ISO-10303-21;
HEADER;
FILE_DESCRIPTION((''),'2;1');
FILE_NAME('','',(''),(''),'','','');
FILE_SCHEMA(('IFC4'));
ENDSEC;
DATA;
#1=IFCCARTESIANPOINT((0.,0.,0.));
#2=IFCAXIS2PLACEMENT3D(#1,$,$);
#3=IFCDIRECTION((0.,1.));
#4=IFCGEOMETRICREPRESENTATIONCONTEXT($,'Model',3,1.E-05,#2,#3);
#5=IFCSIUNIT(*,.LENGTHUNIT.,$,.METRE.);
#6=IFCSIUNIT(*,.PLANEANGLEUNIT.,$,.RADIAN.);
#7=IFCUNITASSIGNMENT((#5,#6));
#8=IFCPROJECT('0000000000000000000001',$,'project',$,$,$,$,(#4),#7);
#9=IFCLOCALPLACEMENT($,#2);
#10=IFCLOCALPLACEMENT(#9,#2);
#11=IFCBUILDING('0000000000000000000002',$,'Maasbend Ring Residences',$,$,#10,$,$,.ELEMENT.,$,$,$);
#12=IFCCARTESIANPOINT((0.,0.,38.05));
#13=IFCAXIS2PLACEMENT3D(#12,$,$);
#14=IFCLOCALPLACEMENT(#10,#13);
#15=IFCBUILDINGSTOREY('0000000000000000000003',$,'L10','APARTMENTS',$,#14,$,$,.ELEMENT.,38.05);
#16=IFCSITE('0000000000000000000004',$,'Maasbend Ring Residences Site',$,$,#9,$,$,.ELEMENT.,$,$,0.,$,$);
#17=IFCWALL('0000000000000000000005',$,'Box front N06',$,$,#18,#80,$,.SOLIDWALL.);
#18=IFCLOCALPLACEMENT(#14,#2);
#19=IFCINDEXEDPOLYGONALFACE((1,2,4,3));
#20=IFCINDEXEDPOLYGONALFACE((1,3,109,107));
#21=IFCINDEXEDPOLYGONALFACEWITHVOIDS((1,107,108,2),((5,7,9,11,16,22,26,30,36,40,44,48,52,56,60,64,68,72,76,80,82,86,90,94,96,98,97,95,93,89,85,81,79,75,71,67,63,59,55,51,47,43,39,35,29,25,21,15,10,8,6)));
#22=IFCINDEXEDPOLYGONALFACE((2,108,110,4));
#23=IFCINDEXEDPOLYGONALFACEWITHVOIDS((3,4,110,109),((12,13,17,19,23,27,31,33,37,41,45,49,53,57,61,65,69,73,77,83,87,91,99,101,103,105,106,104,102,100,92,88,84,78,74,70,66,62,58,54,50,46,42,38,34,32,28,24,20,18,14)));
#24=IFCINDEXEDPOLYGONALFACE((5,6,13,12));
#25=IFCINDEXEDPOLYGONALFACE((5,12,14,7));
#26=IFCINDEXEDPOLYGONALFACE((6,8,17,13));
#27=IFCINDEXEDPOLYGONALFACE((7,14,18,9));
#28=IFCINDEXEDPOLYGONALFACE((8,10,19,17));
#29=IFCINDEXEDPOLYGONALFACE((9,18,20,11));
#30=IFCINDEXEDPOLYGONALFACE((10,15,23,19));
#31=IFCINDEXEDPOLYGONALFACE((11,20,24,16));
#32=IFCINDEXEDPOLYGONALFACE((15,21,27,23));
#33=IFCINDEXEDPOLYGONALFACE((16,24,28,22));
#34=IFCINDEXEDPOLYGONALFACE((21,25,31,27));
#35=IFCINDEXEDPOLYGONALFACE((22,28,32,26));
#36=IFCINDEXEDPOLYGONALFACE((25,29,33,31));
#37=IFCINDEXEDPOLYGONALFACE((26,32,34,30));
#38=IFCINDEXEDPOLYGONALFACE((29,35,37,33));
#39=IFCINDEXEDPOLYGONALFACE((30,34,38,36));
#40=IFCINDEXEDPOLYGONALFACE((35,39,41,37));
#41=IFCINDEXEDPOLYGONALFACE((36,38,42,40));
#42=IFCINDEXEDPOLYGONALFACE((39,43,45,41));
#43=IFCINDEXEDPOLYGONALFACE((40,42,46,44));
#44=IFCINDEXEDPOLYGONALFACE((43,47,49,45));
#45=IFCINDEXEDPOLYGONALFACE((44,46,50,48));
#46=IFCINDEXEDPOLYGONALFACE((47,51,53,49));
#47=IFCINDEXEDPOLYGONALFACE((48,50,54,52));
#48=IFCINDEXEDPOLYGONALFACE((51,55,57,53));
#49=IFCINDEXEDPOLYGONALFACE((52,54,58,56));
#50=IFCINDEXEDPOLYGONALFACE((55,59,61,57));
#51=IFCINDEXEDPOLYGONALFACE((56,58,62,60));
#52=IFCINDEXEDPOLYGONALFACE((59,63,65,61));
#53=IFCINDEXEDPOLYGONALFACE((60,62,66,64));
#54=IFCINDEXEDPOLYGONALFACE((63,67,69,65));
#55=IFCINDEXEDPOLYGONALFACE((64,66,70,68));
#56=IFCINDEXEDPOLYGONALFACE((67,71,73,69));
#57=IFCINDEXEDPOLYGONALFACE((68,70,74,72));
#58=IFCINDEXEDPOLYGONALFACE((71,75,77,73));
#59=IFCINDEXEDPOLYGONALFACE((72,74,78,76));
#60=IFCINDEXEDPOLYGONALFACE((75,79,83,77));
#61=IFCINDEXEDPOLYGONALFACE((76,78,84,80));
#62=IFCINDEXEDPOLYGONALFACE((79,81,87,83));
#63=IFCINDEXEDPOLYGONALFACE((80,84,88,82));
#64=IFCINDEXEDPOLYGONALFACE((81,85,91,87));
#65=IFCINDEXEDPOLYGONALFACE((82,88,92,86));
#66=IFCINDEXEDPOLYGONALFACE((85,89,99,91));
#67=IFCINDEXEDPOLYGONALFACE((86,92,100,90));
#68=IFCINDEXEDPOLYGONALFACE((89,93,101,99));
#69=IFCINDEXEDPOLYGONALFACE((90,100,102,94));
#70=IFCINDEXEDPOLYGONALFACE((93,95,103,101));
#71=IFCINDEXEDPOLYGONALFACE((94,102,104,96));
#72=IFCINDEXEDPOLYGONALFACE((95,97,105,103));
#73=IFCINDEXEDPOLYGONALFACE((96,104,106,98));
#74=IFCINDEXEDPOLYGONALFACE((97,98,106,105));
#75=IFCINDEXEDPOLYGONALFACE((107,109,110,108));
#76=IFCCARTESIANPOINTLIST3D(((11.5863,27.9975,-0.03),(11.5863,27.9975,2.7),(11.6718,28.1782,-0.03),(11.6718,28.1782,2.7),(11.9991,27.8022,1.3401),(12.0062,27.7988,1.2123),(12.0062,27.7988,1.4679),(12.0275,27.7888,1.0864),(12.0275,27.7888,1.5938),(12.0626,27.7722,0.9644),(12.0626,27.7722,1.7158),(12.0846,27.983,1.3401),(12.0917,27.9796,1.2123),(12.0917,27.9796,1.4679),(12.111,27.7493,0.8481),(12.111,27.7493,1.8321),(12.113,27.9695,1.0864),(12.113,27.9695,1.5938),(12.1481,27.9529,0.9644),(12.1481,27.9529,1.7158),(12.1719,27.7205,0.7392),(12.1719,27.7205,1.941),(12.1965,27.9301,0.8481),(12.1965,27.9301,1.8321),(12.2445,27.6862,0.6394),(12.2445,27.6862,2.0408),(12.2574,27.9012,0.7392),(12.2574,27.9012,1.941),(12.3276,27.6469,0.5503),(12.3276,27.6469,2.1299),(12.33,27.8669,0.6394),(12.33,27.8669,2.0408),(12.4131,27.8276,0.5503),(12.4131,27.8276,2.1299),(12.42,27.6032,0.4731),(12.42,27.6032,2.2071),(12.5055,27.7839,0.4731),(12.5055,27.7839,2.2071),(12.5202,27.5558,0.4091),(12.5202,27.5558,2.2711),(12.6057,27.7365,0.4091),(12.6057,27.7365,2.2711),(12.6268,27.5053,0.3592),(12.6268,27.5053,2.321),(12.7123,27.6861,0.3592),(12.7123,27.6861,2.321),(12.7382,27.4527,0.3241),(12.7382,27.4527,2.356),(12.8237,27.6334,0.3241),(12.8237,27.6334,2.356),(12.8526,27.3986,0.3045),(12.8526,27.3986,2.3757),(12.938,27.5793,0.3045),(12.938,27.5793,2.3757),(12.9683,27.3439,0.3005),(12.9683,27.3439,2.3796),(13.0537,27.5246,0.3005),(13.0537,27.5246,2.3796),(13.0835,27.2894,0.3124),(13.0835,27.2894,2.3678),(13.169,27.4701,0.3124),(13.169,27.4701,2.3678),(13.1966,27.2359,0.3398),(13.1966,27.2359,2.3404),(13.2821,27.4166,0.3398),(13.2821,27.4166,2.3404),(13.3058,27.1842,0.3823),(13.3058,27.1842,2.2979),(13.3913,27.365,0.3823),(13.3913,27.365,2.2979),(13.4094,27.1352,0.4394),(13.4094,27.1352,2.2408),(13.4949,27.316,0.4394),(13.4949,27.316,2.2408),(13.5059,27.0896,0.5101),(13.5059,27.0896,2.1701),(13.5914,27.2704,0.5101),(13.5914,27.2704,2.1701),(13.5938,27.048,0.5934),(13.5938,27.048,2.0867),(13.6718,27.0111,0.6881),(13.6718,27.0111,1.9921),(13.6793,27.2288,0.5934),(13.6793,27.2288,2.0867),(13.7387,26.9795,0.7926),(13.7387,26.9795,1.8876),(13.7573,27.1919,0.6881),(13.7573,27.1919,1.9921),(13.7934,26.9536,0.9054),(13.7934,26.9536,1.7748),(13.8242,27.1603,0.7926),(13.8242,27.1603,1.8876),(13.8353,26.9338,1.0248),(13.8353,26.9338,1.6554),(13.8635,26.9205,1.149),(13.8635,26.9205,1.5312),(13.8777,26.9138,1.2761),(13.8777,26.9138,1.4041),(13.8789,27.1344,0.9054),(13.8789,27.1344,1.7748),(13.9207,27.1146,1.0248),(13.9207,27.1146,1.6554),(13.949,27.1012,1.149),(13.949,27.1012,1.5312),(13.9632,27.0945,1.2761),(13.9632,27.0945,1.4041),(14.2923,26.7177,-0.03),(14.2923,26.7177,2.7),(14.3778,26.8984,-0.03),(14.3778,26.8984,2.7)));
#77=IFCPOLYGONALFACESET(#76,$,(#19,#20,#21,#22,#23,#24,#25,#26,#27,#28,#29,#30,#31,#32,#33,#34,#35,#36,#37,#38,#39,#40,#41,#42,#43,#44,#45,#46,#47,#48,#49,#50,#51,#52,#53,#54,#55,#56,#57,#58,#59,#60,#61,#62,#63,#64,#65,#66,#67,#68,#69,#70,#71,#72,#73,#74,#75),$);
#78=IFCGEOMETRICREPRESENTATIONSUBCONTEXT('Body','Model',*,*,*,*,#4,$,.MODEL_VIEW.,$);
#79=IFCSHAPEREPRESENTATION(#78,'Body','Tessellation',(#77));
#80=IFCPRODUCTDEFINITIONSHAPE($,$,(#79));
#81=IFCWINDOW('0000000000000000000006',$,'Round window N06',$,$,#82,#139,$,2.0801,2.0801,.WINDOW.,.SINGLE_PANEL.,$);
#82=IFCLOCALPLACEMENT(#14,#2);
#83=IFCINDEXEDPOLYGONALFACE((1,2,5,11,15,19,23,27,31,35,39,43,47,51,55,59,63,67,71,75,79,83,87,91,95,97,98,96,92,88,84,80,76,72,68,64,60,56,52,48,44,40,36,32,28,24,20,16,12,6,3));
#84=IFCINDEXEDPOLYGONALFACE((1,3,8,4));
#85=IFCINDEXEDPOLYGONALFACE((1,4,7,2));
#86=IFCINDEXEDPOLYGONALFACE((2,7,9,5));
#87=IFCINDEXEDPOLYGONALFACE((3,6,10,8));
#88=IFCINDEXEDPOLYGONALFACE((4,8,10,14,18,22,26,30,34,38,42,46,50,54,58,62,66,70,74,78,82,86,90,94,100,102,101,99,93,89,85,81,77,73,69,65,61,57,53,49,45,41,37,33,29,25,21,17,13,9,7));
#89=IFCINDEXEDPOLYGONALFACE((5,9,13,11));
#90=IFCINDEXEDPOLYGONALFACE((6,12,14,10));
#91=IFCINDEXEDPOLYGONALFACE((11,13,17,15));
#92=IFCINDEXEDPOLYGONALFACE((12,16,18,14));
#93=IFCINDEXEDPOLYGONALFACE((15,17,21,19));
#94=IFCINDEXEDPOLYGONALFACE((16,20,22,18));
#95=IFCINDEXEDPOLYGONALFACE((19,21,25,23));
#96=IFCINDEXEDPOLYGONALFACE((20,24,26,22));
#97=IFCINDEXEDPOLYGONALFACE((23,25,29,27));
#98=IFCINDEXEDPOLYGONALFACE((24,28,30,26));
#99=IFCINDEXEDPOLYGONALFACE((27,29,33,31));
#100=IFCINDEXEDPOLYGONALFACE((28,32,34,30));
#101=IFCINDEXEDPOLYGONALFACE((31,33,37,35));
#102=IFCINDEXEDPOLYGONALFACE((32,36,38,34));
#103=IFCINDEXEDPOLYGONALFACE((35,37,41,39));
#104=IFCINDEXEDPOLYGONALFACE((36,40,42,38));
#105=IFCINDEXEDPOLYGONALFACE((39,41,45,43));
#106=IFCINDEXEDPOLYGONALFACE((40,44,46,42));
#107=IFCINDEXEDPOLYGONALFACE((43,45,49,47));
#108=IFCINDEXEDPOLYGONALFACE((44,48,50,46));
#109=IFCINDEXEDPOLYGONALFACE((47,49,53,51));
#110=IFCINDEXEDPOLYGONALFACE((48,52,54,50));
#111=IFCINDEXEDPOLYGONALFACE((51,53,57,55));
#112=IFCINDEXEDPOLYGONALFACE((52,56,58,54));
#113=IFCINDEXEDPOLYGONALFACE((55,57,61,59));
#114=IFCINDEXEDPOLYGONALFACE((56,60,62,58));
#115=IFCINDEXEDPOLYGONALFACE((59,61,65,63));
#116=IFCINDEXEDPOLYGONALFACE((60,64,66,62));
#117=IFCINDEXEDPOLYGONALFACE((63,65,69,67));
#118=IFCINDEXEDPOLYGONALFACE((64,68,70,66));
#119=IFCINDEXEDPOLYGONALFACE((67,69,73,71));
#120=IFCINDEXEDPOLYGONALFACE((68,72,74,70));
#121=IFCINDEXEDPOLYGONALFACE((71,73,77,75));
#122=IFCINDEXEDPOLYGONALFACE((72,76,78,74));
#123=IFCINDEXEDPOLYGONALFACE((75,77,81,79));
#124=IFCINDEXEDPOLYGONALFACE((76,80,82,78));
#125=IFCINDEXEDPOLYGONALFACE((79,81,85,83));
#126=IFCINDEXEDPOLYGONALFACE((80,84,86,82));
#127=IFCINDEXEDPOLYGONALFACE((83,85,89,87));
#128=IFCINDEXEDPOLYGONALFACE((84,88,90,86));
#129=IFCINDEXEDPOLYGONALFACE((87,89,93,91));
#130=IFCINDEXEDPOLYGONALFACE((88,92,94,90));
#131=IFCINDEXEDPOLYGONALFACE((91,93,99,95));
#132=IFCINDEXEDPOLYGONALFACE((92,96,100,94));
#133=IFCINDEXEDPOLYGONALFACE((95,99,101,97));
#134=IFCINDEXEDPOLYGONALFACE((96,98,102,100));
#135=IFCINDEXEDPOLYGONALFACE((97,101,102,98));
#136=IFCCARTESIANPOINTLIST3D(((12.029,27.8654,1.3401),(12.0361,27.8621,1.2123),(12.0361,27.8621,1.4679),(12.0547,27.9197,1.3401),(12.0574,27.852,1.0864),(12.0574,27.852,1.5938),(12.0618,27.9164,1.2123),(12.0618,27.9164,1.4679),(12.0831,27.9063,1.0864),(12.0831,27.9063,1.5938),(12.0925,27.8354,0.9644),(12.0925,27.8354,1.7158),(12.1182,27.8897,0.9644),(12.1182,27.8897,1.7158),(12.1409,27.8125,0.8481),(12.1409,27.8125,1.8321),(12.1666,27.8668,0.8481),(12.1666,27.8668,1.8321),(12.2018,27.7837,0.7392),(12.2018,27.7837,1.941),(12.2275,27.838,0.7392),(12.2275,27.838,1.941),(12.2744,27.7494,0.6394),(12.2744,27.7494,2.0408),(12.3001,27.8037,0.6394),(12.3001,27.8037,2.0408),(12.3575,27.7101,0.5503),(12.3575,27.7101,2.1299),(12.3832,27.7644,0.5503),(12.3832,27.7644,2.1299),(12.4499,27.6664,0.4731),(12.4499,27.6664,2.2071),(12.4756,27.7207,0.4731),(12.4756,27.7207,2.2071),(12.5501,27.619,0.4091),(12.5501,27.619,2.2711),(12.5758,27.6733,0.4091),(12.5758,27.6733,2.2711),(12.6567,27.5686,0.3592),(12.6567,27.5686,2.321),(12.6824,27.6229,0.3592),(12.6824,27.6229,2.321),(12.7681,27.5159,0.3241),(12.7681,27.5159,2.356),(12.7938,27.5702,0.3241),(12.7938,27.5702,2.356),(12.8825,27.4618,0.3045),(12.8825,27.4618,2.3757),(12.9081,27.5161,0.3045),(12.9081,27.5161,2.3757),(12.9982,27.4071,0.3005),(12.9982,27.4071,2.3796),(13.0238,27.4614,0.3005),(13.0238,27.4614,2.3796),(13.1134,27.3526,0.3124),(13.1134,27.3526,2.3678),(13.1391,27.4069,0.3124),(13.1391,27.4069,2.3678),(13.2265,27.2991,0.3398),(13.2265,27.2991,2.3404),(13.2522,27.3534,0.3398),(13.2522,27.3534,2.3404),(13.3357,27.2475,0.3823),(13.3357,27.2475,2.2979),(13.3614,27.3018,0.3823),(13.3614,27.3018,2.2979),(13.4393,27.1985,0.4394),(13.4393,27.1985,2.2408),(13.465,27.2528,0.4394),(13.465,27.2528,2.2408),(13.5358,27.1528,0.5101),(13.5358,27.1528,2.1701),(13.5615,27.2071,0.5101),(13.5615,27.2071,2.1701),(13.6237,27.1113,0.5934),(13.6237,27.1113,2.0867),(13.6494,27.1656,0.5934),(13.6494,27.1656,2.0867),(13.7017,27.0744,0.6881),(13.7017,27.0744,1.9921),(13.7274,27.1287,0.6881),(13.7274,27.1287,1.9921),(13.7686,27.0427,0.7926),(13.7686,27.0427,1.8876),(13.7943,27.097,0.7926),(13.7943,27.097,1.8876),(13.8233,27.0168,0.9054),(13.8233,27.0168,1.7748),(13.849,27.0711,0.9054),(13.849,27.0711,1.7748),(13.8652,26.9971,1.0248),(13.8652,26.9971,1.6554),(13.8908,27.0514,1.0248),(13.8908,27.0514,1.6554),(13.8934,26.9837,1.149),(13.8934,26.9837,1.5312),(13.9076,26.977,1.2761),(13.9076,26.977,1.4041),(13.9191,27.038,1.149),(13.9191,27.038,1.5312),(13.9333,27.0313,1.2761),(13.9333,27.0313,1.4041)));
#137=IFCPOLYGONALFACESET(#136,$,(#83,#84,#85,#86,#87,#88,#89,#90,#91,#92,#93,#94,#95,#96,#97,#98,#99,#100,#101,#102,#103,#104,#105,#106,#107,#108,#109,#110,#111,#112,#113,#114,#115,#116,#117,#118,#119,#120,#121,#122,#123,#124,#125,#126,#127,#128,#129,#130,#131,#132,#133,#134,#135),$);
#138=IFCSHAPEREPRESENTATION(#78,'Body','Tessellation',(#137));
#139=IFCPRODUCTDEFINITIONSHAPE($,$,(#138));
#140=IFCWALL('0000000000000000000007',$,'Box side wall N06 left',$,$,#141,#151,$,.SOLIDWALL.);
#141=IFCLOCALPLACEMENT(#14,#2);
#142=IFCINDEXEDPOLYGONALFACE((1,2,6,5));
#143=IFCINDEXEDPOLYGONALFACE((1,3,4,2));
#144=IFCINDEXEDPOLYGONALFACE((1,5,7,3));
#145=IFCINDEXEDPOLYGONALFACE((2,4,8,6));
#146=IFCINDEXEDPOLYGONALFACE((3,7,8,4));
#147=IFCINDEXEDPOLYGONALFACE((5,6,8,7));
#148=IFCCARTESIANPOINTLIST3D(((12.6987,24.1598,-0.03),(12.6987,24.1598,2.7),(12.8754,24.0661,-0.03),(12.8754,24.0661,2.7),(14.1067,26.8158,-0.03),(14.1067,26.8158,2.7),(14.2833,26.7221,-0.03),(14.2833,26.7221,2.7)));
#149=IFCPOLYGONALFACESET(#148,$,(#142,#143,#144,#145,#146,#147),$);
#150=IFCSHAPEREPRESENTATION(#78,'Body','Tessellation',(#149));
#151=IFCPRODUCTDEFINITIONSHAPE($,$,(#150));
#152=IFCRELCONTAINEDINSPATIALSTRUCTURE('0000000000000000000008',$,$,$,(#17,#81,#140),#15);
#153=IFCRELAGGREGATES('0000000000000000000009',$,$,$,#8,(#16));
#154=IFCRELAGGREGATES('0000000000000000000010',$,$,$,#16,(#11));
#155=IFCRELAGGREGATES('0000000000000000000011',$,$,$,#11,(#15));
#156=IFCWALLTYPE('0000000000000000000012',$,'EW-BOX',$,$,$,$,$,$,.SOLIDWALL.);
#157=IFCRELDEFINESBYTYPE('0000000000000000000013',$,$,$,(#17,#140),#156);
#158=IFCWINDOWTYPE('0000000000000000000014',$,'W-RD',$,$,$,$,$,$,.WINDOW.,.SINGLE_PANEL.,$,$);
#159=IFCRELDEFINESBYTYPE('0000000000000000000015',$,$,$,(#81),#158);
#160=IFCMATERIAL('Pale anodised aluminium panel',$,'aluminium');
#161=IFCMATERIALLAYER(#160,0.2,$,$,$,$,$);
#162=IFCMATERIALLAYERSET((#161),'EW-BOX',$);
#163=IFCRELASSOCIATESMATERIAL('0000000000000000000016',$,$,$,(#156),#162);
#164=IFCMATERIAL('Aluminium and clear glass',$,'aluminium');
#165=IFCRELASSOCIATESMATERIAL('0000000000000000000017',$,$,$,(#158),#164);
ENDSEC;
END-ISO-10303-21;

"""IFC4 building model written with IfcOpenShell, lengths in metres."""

from ifc_helpers import new_model, si_unit, direction, frame, frame_2d, origin, place, context, subcontext, project, spatial, rectangle, circle, extrude, material, layer, layer_set, type_object, element, fill, save


model = new_model("IFC4")

# Units and contexts
model_context = context("Model", 3, precision=1e-05, world=origin(), true_north=direction((0.0, 1.0)))
body_context = subcontext(model_context, "Body", "Model", "MODEL_VIEW")
ifc_project = project(units=[si_unit("LENGTHUNIT", "METRE"), si_unit("PLANEANGLEUNIT", "RADIAN")], contexts=[model_context])

# Site, building, storey
site_placement = place(None, origin())
site = spatial("IfcSite", under=ifc_project, at=site_placement, Name="Maasbend Ring Residences Site", CompositionType="ELEMENT", RefElevation=0.0)
building_placement = place(site_placement, origin())
building = spatial("IfcBuilding", under=site, at=building_placement, Name="Maasbend Ring Residences", CompositionType="ELEMENT")
storey_placement = place(building_placement, frame((0.0, 0.0, 38.05)))
storey = spatial("IfcBuildingStorey", under=building, at=storey_placement, Name="L10", Description="APARTMENTS", CompositionType="ELEMENT", Elevation=38.05)

# Shared definitions
ifc_material_1 = material(Name="Pale anodised aluminium panel", Category="aluminium")
ifc_layer_1 = layer(ifc_material_1, 0.2)
ifc_layer_set_1 = layer_set([ifc_layer_1], Name="EW-BOX")
wall_type_1 = type_object("IfcWallType", Name="EW-BOX", PredefinedType="SOLIDWALL", material=ifc_layer_set_1)
ifc_material_2 = material(Name="Aluminium and clear glass", Category="aluminium")
window_type_1 = type_object("IfcWindowType", Name="W-RD", PartitioningType="SINGLE_PANEL", PredefinedType="WINDOW", material=ifc_material_2)

# Wall, opening, window
wall_1_placement = place(storey_placement, frame((14.335, 26.8081, -0.03), z_axis=(0.0, 0.0, 1.0), x_axis=(-0.904, 0.427532, 0.0)))
wall_1 = element("IfcWall", 1, at=wall_1_placement, inside=storey, type_object=wall_type_1, Name="Box front N06", PredefinedType="SOLIDWALL", context=body_context, shape_type="SweptSolid", body=[
    extrude(rectangle(XDim=2.9934, YDim=0.2, at=frame_2d((1.4966, 0.0))), origin(), (0.0, 0.0, 1.0), 2.73),
])
opening_1_placement = place(wall_1_placement, frame((0.4565, 0.0, 0.3301)))
opening_1 = element("IfcOpeningElement", 2, at=opening_1_placement, cuts=wall_1, PredefinedType="OPENING", context=body_context, shape_type="SweptSolid", body=[
    extrude(circle(Radius=1.04, at=frame_2d((1.04, 1.04))), frame((0.0, 0.1099, 0.0), z_axis=(0.0, -1.0, 0.0), x_axis=(1.0, 0.0, 0.0)), (0.0, 0.0, 1.0), 0.22),
])
window_1_placement = place(opening_1_placement, origin())
window_1 = element("IfcWindow", 3, at=window_1_placement, inside=storey, type_object=window_type_1, Name="Round window N06", OverallHeight=2.0801, OverallWidth=2.0801, PartitioningType="SINGLE_PANEL", PredefinedType="WINDOW", context=body_context, shape_type="SweptSolid", body=[
    extrude(circle(Radius=1.04, at=frame_2d((1.04, 1.04))), frame((0.0, 0.03, 0.0), z_axis=(0.0, -1.0, 0.0), x_axis=(1.0, 0.0, 0.0)), (0.0, 0.0, 1.0), 0.0601),
])
fill(opening_1, window_1)

# Wall
wall_2_placement = place(storey_placement, frame((12.7871, 24.113, -0.03), z_axis=(0.0, 0.0, 1.0), x_axis=(0.468365, 0.883535, 0.0)))
element("IfcWall", 4, at=wall_2_placement, inside=storey, type_object=wall_type_1, Name="Box side wall N06 left", PredefinedType="SOLIDWALL", context=body_context, shape_type="SweptSolid", body=[
    extrude(rectangle(XDim=3.0061, YDim=0.2, at=frame_2d((1.5029, 0.0))), origin(), (0.0, 0.0, 1.0), 2.73),
])

save(model, "model.ifc")
